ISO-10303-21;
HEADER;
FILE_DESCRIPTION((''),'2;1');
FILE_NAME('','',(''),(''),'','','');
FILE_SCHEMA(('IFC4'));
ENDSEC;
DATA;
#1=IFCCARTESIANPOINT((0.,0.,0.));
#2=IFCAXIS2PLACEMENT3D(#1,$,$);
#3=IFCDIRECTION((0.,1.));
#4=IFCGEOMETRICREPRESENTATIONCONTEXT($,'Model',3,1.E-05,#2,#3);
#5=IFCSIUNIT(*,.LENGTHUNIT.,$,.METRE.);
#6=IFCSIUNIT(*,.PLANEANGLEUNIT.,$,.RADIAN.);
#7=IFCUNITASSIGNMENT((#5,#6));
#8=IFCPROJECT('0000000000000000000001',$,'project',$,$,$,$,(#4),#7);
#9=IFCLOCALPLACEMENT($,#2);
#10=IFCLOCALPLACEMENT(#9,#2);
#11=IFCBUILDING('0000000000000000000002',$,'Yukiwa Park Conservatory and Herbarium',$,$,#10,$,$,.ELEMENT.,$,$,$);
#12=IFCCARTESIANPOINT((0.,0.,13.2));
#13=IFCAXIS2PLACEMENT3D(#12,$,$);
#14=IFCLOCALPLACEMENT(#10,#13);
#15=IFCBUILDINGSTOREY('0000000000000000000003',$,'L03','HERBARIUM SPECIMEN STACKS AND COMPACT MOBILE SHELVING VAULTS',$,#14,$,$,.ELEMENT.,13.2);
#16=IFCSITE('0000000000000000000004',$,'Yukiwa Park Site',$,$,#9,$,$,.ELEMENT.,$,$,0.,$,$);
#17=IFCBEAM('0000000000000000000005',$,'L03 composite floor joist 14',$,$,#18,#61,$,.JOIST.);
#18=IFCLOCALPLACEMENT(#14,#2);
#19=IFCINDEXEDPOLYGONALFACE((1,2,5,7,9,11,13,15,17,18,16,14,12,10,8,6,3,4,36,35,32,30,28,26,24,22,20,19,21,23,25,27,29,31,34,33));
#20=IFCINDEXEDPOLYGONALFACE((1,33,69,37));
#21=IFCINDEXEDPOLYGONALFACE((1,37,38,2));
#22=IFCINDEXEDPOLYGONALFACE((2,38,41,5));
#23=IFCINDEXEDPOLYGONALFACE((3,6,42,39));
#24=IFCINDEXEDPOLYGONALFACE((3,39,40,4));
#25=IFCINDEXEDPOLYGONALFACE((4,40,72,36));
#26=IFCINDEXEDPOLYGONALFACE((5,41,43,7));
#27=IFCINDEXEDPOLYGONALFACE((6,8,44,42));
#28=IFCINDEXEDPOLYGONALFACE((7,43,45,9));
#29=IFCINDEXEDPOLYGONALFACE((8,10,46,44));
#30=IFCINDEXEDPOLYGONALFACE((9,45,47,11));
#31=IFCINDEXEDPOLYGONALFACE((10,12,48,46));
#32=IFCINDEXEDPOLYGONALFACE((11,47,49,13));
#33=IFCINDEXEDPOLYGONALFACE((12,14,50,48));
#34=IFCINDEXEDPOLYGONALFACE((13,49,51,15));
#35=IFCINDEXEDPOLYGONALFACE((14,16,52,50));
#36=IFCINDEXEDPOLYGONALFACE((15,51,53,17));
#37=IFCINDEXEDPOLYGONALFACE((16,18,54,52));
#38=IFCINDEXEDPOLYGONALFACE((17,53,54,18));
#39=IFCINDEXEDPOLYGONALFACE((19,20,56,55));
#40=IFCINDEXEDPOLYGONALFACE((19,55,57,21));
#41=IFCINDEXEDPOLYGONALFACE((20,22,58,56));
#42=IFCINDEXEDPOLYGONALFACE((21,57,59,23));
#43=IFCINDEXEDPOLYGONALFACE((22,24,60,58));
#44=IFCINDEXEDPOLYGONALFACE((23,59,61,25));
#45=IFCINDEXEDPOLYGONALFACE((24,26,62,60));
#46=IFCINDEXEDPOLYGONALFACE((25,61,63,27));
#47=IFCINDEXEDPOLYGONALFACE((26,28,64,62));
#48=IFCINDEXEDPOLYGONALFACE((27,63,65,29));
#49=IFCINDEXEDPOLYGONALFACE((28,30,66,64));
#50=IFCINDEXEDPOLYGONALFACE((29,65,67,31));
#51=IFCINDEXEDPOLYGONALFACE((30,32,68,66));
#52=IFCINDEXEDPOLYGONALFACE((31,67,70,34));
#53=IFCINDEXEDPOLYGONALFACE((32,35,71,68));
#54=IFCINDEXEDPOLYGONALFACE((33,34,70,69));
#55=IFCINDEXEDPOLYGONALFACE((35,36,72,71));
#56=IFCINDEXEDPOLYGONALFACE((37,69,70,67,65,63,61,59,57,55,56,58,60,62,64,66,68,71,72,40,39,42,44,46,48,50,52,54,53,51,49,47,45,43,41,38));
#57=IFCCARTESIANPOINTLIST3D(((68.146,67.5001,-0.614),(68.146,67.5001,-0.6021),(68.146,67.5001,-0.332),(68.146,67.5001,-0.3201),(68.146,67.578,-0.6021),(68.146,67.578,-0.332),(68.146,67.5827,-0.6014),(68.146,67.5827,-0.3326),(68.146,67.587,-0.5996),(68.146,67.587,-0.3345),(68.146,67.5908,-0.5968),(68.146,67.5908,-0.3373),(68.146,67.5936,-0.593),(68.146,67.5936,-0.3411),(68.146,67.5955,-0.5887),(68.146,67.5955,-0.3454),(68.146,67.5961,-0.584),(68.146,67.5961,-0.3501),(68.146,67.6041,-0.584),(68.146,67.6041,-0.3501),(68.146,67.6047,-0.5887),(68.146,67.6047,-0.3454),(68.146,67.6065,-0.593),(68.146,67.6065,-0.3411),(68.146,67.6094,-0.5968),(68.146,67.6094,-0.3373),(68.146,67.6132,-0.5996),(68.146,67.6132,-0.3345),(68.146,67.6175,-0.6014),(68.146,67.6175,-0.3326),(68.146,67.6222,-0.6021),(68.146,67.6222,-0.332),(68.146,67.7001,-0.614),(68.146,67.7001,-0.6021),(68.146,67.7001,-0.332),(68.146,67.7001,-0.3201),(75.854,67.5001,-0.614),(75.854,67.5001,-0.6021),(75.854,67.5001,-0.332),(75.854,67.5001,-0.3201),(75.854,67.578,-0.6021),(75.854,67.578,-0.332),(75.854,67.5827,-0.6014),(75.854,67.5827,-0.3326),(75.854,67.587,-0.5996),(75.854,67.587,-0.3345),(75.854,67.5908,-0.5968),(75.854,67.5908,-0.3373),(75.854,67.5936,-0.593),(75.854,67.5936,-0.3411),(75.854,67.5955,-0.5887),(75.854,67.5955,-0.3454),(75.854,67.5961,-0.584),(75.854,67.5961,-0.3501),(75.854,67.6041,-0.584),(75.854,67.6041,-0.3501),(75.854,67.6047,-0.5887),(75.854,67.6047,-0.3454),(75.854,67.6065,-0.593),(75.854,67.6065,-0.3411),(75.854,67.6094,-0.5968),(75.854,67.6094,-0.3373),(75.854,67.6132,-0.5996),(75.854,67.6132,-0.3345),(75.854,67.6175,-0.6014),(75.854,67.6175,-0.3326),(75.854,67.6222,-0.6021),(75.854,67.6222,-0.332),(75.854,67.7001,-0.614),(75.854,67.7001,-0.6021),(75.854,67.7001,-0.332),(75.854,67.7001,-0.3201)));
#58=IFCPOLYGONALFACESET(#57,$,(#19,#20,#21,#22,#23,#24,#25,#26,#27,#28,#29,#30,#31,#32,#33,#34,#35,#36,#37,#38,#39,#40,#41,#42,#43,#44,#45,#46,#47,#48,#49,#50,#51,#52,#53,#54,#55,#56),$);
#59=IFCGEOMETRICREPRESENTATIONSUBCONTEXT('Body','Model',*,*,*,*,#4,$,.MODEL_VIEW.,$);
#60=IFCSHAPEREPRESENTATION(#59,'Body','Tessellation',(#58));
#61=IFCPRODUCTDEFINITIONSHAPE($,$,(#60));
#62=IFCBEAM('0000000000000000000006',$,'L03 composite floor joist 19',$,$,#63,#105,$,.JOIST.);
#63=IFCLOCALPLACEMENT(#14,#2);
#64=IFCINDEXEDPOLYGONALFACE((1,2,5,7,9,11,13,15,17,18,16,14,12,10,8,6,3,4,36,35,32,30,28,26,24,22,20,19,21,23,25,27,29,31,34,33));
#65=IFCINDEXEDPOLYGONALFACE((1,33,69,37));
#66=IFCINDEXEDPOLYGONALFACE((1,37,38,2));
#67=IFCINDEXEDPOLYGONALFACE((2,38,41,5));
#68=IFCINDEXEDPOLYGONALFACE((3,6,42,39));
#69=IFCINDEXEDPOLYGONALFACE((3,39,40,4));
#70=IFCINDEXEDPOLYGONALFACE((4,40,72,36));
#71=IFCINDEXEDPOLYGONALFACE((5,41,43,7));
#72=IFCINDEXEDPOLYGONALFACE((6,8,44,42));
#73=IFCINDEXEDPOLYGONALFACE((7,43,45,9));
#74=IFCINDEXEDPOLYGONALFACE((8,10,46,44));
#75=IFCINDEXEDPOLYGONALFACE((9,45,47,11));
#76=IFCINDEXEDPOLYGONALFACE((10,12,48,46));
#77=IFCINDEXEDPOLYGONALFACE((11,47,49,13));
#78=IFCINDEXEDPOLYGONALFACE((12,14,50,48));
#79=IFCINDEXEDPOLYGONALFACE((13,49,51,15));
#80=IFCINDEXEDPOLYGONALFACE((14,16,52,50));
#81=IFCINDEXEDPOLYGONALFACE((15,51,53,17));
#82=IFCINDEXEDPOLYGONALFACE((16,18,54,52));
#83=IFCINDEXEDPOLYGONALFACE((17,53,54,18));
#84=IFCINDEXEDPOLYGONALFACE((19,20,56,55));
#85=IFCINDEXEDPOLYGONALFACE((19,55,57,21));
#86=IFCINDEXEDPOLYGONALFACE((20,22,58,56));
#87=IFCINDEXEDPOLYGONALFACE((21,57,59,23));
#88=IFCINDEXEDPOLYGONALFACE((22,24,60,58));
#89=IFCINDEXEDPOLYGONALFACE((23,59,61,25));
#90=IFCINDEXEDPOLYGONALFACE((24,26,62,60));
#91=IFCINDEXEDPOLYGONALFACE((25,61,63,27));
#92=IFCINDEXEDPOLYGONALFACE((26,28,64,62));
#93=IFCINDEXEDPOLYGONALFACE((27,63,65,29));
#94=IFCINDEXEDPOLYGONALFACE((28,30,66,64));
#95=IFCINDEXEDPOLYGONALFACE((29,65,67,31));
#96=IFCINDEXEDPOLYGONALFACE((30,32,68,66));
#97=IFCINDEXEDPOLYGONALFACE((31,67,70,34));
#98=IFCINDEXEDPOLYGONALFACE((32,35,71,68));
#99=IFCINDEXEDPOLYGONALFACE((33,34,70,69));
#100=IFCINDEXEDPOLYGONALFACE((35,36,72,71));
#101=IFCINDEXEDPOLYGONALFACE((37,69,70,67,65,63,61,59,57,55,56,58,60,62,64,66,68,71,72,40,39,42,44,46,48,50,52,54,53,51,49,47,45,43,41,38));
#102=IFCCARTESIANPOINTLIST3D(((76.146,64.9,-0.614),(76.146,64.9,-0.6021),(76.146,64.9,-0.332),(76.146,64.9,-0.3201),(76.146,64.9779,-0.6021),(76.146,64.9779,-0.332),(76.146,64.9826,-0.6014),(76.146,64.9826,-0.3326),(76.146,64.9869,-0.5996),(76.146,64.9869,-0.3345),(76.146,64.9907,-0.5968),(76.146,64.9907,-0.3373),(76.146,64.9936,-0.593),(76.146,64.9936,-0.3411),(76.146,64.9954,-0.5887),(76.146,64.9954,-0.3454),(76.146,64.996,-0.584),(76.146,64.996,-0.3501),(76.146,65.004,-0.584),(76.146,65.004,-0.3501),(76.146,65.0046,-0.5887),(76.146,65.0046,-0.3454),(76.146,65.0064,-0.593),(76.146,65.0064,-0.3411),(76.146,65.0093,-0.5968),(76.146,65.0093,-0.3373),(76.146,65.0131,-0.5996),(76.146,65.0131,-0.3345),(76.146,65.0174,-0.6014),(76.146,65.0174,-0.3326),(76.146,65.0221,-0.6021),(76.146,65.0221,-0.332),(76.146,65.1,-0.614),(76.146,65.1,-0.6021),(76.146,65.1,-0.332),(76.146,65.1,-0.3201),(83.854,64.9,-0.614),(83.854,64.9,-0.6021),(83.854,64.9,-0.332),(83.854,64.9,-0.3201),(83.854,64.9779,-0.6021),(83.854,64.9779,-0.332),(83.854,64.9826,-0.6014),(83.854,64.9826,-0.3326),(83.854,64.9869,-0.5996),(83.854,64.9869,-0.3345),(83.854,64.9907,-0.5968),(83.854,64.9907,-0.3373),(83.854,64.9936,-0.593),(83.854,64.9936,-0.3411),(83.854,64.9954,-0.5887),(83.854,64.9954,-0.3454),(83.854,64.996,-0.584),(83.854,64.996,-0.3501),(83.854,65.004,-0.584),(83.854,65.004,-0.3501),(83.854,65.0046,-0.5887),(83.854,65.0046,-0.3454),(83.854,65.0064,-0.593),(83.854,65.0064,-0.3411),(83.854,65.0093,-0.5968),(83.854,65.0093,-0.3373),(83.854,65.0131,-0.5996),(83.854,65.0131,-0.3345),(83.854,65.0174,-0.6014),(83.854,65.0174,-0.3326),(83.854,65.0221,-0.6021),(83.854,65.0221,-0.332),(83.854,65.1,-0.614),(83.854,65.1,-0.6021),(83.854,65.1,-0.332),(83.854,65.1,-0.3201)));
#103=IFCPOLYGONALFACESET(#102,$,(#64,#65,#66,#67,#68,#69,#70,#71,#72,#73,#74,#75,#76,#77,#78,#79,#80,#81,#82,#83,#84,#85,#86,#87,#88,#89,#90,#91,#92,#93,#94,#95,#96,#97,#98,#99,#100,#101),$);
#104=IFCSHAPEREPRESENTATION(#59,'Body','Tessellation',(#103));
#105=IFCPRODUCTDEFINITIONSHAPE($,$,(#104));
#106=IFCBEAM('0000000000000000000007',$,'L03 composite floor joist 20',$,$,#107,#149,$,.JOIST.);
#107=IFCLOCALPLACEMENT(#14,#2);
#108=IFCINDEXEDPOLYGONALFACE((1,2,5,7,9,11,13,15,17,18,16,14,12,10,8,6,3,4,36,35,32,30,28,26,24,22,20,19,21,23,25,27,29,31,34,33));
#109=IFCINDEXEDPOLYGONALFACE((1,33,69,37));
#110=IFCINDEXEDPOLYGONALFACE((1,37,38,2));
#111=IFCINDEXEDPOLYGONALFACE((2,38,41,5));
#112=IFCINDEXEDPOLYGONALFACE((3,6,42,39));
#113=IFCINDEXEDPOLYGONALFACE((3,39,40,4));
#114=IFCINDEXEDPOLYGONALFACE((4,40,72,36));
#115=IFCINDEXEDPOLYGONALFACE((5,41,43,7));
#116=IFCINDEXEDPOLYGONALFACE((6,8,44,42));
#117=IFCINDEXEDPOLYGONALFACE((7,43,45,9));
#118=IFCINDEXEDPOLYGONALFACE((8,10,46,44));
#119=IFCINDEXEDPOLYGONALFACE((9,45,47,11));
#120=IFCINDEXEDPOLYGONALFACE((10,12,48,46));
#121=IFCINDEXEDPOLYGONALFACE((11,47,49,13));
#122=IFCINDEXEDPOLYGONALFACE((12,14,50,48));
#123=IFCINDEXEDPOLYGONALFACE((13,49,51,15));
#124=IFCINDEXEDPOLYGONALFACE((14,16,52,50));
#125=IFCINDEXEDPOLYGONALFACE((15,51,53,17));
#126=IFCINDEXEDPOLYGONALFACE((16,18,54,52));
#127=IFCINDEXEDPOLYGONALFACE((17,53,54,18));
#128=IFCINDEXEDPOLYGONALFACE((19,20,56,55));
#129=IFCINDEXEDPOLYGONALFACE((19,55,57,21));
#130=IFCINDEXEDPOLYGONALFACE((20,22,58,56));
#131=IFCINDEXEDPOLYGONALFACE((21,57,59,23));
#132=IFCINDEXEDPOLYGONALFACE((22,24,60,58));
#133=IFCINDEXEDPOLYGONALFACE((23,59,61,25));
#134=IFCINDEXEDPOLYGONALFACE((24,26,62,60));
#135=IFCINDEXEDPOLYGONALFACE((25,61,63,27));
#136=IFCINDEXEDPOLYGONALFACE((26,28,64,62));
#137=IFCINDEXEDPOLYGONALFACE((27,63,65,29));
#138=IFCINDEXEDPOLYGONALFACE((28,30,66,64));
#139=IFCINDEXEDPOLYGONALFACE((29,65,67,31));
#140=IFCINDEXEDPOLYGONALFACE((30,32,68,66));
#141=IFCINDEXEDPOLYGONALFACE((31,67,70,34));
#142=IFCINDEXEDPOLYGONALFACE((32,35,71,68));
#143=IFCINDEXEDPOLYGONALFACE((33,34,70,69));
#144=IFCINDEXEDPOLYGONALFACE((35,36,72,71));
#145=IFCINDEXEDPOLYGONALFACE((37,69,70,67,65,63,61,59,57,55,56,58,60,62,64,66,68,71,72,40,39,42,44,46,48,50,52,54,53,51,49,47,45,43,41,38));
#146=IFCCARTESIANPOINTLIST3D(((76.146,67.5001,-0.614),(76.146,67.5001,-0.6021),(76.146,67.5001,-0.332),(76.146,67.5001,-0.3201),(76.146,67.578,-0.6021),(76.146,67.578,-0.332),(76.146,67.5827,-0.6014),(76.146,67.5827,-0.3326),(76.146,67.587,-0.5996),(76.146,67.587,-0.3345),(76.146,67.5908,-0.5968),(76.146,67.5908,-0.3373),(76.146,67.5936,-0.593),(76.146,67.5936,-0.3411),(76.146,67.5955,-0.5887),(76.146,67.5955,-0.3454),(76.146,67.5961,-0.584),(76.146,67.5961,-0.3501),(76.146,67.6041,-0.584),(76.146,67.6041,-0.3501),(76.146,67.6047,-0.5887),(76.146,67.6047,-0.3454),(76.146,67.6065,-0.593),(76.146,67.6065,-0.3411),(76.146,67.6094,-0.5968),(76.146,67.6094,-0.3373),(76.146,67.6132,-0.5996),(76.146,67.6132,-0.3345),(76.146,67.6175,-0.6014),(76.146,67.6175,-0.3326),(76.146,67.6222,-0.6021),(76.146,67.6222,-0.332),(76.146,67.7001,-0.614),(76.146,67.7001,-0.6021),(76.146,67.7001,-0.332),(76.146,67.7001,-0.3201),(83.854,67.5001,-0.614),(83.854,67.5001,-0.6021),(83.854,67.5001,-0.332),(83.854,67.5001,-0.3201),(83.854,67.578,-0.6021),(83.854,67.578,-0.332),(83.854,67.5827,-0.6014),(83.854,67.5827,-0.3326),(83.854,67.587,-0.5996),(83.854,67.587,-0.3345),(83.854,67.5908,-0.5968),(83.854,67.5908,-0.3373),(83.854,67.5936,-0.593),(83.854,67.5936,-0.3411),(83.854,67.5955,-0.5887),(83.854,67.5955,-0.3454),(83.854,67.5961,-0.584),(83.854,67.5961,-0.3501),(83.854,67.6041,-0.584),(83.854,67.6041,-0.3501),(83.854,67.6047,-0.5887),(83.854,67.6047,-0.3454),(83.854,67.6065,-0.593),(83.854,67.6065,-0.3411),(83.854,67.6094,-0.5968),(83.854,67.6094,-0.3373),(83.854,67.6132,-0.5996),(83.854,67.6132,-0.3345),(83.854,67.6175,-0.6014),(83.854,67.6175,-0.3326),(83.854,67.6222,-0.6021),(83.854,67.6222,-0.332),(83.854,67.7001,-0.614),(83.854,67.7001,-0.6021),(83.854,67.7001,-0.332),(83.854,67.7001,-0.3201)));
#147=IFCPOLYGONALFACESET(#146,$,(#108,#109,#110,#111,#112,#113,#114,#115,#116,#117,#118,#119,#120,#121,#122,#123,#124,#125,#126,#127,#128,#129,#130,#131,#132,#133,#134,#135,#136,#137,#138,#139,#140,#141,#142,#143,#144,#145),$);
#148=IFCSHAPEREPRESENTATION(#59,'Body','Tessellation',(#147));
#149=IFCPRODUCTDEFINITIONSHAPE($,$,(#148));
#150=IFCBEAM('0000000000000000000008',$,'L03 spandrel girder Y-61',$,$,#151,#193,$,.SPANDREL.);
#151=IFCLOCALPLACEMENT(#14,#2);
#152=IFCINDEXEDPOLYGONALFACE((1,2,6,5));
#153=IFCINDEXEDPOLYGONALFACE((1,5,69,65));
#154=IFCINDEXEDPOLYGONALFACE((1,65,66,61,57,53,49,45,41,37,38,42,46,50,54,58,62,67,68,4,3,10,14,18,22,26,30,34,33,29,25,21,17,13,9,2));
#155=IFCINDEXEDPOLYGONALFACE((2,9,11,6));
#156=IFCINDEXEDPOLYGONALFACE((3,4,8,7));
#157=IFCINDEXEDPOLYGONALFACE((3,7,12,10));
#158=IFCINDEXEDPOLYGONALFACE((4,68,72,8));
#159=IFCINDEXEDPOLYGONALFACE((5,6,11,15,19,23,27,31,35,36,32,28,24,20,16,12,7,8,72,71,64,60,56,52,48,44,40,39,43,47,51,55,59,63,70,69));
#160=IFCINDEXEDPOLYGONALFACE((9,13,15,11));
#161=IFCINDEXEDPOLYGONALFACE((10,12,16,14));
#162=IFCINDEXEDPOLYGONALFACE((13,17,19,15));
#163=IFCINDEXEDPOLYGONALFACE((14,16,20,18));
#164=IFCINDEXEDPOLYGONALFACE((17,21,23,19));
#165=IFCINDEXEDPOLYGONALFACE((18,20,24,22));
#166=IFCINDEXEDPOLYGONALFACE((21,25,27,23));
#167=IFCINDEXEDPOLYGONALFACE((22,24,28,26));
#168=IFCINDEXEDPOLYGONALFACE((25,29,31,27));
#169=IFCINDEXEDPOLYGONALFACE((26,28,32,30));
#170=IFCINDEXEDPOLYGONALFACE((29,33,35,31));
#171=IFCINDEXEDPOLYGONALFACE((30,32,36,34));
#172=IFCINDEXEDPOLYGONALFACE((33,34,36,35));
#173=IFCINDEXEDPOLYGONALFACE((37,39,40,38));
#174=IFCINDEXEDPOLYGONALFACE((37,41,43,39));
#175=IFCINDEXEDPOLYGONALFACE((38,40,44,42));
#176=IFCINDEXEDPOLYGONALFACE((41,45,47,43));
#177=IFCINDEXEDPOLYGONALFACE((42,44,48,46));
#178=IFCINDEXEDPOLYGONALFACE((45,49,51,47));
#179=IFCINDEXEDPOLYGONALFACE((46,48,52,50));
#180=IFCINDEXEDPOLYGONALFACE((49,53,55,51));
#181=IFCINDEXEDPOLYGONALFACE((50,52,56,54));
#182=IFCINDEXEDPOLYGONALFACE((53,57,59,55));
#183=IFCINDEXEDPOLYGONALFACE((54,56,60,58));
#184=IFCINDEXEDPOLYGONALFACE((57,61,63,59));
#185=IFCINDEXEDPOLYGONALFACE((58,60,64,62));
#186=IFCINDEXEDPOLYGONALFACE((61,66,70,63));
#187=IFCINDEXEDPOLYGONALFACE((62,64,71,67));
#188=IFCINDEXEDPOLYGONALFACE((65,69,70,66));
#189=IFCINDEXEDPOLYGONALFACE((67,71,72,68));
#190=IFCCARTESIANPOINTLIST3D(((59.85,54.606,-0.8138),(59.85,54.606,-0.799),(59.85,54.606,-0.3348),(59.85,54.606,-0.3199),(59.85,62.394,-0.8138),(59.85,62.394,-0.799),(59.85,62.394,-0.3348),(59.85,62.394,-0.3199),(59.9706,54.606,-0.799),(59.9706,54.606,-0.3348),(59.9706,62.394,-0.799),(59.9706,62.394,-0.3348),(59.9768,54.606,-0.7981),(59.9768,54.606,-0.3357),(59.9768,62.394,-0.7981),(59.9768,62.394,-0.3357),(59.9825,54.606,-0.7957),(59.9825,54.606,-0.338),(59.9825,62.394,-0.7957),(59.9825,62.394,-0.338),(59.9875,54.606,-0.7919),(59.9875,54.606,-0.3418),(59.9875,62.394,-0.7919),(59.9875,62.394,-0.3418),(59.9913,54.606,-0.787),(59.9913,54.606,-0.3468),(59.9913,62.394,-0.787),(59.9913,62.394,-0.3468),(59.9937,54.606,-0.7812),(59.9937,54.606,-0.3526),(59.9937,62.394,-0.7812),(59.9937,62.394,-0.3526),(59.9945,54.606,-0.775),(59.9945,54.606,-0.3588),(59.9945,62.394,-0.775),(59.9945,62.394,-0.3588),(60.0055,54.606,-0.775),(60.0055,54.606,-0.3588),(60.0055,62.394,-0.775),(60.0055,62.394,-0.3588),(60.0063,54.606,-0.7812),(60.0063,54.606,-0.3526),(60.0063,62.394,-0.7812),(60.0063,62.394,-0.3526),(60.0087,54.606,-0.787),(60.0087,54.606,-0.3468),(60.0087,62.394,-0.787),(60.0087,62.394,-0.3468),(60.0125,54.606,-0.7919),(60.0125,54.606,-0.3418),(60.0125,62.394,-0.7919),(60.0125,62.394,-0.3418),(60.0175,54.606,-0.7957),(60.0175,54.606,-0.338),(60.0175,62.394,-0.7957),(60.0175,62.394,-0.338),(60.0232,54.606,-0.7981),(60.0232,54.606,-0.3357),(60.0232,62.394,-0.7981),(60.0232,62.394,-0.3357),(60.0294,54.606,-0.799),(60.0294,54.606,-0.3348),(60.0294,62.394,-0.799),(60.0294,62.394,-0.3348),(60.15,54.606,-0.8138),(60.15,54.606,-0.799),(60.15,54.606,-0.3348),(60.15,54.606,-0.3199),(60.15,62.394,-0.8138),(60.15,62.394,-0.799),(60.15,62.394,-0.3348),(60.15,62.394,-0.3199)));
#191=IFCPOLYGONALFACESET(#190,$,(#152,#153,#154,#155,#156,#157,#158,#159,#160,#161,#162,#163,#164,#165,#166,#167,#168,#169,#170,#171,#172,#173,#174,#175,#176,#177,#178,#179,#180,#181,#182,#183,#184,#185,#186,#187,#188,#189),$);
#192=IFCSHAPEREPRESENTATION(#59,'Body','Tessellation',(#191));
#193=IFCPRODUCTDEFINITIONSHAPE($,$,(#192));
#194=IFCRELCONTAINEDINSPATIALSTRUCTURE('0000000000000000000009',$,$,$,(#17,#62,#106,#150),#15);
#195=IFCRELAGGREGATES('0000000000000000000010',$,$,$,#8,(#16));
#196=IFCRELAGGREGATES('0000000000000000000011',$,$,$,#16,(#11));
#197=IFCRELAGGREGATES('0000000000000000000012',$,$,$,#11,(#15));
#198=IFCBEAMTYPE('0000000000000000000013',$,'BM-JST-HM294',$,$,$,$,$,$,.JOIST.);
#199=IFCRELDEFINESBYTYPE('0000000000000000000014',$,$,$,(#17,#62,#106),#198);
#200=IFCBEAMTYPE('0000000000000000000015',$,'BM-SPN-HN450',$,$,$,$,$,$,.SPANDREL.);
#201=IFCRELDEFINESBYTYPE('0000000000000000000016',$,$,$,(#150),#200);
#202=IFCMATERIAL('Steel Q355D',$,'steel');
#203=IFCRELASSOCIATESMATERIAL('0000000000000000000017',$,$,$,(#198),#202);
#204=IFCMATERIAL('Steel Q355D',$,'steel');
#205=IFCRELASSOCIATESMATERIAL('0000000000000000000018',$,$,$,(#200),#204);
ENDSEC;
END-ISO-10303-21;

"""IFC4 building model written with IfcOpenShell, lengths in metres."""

from ifc_helpers import new_model, si_unit, direction, frame, origin, origin_2d, place, context, subcontext, project, spatial, i_section, extrude, material, material_profile, profile_set, type_object, element, save


model = new_model("IFC4")

# Units and contexts
model_context = context("Model", 3, precision=1e-05, world=origin(), true_north=direction((0.0, 1.0)))
body_context = subcontext(model_context, "Body", "Model", "MODEL_VIEW")
ifc_project = project(units=[si_unit("LENGTHUNIT", "METRE"), si_unit("PLANEANGLEUNIT", "RADIAN")], contexts=[model_context])

# Site, building, storey
site_placement = place(None, origin())
site = spatial("IfcSite", under=ifc_project, at=site_placement, Name="Yukiwa Park Site", CompositionType="ELEMENT", RefElevation=0.0)
building_placement = place(site_placement, origin())
building = spatial("IfcBuilding", under=site, at=building_placement, Name="Yukiwa Park Conservatory and Herbarium", CompositionType="ELEMENT")
storey_placement = place(building_placement, frame((0.0, 0.0, 13.2)))
storey = spatial("IfcBuildingStorey", under=building, at=storey_placement, Name="L03", Description="HERBARIUM SPECIMEN STACKS AND COMPACT MOBILE SHELVING VAULTS", CompositionType="ELEMENT", Elevation=13.2)

# Beams
ifc_material_1 = material(Name="Steel Q355D", Category="steel")
ifc_material_profile_1 = material_profile(ifc_material_1, i_section(OverallWidth=0.2, OverallDepth=0.2939, WebThickness=0.0081, FlangeThickness=0.012, FilletRadius=0.0181, at=origin_2d()), Name="HM 294x200x8x12")
ifc_profile_set_1 = profile_set([ifc_material_profile_1], Name="Steel Q355D")
beam_type_1 = type_object("IfcBeamType", Name="BM-JST-HM294", PredefinedType="JOIST", material=ifc_profile_set_1)
for number, where, z_axis, x_axis, name in (
    (1, (68.146, 67.6001, -0.467), (1.0, 0.0, 0.0), (0.0, 1.0, 0.0), "L03 composite floor joist 14"),
    (2, (76.146, 65.0, -0.467), (1.0, 0.0, 0.0), (0.0, 1.0, 0.0), "L03 composite floor joist 19"),
    (3, (76.146, 67.6001, -0.467), (1.0, 0.0, 0.0), (0.0, 1.0, 0.0), "L03 composite floor joist 20"),
):
    element("IfcBeam", number, at=place(storey_placement, frame(where, z_axis=z_axis, x_axis=x_axis)), inside=storey, type_object=beam_type_1, Name=name, PredefinedType="JOIST", context=body_context, shape_type="SweptSolid", body=[
        extrude(i_section(OverallWidth=0.2, OverallDepth=0.2939, WebThickness=0.0081, FlangeThickness=0.012, FilletRadius=0.0181, at=origin_2d()), origin(), (0.0, 0.0, 1.0), 7.708),
    ])
ifc_material_2 = material(Name="Steel Q355D", Category="steel")
ifc_material_profile_2 = material_profile(ifc_material_2, i_section(OverallWidth=0.3, OverallDepth=0.4939, WebThickness=0.011, FlangeThickness=0.0149, FilletRadius=0.0239, at=origin_2d()), Name="HM 494x300x11x15")
ifc_profile_set_2 = profile_set([ifc_material_profile_2], Name="Steel Q355D")
beam_type_2 = type_object("IfcBeamType", Name="BM-SPN-HN450", PredefinedType="SPANDREL", material=ifc_profile_set_2)
for number, where, z_axis, x_axis, name in (
    (4, (60.0, 54.606, -0.5669), (0.0, 1.0, 0.0), (-1.0, 0.0, 0.0), "L03 spandrel girder Y-61"),
):
    element("IfcBeam", number, at=place(storey_placement, frame(where, z_axis=z_axis, x_axis=x_axis)), inside=storey, type_object=beam_type_2, Name=name, PredefinedType="SPANDREL", context=body_context, shape_type="SweptSolid", body=[
        extrude(i_section(OverallWidth=0.3, OverallDepth=0.4939, WebThickness=0.011, FlangeThickness=0.0149, FilletRadius=0.0239, at=origin_2d()), origin(), (0.0, 0.0, 1.0), 7.7881),
    ])

save(model, "model.ifc")
